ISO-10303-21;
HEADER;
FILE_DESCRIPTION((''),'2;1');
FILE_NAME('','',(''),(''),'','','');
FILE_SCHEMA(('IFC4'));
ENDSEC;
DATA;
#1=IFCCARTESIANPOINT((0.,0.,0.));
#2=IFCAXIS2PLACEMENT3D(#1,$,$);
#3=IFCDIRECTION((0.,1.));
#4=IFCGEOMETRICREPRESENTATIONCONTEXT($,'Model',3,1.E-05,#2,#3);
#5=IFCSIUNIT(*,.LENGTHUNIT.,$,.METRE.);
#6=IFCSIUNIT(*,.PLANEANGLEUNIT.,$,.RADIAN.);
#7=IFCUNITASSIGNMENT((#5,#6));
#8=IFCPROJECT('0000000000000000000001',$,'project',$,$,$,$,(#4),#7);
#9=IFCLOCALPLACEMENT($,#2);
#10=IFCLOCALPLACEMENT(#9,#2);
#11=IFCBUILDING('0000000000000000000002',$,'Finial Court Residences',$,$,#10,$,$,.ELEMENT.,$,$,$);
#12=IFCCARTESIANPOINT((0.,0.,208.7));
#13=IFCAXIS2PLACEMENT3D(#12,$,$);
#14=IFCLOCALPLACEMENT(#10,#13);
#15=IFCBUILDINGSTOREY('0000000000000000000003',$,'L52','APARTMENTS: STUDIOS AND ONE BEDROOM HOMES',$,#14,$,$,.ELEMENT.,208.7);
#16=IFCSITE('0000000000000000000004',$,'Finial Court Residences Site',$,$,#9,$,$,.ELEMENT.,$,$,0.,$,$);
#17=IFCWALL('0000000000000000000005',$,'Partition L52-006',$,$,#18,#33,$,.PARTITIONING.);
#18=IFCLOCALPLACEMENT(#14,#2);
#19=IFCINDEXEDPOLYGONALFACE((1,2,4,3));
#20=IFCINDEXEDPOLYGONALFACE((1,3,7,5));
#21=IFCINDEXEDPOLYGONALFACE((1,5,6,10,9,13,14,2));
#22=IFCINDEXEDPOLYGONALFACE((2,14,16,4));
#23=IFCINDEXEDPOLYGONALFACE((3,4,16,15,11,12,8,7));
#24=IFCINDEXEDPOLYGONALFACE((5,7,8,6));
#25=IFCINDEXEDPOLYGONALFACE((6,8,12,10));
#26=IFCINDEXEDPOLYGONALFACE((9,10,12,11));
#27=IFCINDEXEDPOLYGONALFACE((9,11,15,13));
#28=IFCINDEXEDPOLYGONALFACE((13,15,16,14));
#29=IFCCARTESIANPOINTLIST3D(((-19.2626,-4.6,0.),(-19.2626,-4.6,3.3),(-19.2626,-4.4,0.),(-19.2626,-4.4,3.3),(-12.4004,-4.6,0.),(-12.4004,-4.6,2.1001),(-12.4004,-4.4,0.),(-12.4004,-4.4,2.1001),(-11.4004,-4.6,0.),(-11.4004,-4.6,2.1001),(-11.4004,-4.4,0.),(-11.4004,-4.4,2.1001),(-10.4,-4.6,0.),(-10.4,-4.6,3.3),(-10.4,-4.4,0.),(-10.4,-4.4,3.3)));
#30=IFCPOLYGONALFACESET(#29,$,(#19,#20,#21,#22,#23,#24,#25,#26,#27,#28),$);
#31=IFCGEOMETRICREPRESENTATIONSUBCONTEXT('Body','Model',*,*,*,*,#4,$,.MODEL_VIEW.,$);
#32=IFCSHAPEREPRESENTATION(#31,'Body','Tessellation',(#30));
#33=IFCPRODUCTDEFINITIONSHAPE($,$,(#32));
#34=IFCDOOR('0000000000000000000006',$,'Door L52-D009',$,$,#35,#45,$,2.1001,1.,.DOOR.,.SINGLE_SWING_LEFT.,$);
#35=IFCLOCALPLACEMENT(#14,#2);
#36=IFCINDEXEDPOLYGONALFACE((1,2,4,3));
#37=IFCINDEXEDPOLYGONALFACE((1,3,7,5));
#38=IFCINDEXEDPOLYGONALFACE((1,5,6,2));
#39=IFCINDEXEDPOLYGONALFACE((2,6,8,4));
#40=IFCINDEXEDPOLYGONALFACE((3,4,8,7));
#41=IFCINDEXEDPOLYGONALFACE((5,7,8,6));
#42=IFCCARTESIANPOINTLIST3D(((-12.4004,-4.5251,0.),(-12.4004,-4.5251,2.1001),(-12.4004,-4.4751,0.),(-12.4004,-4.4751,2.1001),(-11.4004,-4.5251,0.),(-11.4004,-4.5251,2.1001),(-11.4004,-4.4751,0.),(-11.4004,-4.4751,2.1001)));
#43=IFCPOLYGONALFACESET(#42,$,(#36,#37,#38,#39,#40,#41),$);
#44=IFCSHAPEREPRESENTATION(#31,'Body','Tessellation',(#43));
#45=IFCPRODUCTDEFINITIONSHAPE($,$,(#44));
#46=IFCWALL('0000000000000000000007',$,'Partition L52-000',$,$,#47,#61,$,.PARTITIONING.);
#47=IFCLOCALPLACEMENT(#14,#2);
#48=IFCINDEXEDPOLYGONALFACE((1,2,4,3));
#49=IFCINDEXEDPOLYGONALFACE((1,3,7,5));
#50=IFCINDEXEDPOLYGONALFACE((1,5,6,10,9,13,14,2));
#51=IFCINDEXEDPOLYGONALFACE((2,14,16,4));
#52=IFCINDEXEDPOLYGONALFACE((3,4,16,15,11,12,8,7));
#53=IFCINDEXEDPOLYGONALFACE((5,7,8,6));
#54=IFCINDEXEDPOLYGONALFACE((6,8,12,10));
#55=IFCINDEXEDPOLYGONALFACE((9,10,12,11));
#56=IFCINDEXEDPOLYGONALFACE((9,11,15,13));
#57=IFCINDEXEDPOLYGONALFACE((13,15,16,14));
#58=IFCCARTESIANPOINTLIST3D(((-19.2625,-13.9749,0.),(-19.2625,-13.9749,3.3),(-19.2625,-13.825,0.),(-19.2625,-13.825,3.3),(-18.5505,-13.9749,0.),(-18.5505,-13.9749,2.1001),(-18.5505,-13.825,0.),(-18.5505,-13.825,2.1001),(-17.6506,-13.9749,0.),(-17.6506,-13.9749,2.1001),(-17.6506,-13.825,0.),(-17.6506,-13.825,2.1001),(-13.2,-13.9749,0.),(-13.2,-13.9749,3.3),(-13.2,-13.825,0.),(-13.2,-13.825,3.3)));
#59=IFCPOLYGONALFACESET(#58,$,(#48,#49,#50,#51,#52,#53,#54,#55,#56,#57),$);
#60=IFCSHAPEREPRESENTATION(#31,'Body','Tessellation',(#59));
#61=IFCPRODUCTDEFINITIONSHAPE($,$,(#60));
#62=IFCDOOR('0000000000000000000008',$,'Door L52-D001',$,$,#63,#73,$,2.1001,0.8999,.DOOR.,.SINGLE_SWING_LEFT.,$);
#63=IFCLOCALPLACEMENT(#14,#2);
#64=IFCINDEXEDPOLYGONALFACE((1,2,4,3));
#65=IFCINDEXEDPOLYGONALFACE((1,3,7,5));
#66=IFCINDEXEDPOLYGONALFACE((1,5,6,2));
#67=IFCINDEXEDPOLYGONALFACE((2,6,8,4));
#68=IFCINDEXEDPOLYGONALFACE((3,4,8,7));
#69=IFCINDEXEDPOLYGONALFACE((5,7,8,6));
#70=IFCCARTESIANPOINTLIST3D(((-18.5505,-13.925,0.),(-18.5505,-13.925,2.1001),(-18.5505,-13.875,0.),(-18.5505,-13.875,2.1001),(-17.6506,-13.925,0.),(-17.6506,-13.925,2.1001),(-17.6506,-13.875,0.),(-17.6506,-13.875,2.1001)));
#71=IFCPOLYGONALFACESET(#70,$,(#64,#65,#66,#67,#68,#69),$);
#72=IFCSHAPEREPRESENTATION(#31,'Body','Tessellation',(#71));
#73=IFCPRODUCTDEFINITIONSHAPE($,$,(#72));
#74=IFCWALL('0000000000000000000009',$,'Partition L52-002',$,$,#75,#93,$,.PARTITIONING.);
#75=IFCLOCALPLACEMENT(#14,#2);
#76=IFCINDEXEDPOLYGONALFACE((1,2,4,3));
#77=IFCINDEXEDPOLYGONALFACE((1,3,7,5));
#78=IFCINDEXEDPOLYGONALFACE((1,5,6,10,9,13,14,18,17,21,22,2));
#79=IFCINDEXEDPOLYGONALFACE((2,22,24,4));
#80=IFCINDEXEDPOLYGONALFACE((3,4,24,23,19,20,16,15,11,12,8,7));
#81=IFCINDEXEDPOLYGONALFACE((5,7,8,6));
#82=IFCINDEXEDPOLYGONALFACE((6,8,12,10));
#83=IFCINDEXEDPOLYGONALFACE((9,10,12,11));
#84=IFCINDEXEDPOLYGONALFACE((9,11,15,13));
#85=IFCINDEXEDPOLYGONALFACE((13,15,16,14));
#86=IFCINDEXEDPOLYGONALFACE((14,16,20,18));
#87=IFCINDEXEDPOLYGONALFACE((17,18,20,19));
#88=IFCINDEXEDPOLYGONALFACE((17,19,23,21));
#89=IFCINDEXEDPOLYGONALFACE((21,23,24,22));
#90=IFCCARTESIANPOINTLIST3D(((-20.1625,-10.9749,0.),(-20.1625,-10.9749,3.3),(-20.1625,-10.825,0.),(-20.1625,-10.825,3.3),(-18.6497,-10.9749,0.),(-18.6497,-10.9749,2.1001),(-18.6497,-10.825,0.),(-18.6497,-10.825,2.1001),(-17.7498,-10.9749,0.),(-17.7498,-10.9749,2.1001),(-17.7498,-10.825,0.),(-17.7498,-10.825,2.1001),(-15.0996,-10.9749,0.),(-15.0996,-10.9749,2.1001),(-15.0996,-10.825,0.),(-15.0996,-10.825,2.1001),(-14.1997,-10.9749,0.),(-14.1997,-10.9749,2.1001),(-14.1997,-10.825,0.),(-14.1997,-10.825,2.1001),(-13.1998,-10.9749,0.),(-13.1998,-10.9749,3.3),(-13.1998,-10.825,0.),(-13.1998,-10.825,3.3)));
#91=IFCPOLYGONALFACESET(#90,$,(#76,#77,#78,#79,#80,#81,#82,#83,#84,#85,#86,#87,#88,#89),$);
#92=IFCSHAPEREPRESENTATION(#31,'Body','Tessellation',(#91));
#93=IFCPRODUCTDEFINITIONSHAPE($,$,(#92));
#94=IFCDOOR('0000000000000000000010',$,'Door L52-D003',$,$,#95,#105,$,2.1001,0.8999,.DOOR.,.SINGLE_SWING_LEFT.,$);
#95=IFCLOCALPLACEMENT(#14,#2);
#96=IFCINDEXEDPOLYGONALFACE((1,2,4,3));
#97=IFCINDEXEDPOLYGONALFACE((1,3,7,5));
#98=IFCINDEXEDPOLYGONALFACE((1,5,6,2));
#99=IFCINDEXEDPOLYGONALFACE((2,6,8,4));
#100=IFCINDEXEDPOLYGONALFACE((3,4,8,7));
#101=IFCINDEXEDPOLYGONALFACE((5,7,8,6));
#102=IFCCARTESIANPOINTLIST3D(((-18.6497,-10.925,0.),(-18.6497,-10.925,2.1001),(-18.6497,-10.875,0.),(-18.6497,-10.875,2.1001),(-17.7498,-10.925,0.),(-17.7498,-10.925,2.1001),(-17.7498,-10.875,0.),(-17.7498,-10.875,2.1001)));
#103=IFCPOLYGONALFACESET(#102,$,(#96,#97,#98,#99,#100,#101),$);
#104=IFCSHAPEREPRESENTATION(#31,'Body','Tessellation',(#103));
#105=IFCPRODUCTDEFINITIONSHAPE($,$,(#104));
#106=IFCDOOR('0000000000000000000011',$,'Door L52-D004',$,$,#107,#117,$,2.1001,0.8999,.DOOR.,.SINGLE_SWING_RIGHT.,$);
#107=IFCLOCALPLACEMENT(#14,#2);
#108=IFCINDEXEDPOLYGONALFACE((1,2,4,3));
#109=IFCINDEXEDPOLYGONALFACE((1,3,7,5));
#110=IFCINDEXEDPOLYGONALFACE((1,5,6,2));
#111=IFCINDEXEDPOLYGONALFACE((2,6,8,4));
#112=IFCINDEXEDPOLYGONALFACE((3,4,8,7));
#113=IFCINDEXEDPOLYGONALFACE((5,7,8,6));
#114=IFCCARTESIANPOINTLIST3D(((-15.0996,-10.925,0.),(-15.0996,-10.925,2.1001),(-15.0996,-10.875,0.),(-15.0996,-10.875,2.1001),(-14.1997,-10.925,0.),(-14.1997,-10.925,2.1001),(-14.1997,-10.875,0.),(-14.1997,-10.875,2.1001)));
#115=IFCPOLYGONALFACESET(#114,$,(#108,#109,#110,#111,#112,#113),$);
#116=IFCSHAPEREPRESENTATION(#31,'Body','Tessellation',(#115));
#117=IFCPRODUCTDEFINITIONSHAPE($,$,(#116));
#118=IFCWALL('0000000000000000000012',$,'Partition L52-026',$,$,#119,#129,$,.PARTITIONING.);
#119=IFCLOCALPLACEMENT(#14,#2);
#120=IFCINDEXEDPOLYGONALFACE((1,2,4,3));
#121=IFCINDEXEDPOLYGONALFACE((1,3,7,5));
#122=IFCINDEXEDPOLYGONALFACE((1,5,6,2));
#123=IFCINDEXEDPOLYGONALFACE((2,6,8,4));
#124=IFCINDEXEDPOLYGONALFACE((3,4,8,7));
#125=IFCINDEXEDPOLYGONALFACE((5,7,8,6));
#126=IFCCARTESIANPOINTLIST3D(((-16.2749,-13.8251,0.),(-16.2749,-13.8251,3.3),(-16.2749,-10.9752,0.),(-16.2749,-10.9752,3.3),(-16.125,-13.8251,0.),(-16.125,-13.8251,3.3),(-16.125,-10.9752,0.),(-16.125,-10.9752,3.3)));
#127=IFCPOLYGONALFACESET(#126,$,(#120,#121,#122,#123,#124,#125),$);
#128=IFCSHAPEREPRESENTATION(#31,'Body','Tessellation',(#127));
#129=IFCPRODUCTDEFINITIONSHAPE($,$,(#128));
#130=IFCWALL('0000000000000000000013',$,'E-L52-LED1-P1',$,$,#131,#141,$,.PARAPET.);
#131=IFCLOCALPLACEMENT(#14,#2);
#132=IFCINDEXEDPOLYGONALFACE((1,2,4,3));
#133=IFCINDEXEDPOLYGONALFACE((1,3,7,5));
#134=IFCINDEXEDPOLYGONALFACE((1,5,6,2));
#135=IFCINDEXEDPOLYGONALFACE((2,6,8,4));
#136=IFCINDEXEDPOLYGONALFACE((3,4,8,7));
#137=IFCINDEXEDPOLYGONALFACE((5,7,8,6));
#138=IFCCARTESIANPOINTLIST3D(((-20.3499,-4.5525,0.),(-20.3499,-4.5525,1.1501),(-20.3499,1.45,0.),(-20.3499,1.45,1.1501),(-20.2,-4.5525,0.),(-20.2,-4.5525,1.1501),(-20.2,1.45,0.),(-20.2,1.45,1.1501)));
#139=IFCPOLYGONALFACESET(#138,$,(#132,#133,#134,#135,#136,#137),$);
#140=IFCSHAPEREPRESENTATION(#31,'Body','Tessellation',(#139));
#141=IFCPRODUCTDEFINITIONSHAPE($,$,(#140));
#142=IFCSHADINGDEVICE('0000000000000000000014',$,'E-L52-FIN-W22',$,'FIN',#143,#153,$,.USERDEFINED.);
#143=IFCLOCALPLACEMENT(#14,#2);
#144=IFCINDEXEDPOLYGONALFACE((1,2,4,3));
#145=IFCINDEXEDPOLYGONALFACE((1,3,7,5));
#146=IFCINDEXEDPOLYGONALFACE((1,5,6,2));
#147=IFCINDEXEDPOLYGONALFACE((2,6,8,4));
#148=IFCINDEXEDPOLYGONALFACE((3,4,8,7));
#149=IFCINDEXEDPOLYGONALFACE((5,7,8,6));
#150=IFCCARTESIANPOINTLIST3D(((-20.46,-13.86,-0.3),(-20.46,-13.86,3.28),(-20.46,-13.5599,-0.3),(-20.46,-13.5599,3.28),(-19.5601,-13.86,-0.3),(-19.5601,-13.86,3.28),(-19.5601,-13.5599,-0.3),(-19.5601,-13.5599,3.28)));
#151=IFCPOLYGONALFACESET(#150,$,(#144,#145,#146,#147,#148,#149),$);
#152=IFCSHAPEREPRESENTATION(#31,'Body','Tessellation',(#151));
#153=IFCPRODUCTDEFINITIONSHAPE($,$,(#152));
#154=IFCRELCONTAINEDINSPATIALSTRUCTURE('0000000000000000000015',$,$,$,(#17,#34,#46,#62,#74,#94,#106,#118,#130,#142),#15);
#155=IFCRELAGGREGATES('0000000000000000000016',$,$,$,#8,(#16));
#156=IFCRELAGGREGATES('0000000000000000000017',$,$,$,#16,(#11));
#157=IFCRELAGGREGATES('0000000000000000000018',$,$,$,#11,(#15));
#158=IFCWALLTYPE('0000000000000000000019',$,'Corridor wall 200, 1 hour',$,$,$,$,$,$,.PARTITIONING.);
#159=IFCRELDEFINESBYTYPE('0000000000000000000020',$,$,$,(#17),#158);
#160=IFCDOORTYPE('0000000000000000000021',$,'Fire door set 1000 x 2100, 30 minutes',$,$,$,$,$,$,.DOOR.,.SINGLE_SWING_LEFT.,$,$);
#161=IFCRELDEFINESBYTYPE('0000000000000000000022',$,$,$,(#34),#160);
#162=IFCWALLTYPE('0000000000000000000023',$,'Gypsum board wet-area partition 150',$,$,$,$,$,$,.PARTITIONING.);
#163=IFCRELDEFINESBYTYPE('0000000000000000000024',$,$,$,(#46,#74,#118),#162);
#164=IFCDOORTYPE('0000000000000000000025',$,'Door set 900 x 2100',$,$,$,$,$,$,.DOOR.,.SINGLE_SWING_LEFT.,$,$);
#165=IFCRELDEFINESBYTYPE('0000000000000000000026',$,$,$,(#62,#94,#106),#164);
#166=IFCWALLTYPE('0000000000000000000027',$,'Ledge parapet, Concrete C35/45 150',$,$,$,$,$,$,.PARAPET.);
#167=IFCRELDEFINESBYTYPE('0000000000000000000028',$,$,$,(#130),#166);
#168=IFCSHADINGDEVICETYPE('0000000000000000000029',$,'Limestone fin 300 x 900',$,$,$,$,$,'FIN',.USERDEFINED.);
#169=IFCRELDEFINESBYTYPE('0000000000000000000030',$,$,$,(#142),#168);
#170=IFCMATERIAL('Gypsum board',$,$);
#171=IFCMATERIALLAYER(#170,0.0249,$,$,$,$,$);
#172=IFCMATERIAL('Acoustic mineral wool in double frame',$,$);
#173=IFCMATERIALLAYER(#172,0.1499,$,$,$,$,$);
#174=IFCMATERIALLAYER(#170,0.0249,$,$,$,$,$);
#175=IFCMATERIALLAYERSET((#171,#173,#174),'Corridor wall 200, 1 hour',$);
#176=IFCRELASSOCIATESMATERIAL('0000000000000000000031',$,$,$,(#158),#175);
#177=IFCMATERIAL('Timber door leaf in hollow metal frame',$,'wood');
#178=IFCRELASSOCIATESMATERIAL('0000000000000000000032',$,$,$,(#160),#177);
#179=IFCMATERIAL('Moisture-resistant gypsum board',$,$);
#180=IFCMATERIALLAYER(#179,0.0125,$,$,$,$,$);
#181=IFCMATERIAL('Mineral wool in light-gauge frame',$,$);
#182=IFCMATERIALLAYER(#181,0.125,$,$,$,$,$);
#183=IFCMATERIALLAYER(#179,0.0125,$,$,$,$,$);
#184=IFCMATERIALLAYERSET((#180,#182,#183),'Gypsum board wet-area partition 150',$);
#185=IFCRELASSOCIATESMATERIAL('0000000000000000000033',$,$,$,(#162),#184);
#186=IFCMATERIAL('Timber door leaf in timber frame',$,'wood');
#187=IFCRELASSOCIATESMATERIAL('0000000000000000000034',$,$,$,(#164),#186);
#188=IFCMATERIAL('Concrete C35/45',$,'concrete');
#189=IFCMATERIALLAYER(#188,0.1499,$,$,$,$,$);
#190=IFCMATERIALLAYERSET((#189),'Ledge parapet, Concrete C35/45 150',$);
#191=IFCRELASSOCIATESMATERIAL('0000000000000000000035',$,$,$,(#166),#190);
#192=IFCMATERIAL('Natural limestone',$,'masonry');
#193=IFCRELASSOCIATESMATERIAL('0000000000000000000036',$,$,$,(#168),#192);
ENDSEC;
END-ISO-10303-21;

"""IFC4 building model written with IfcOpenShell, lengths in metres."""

from ifc_helpers import new_model, si_unit, direction, frame, frame_2d, origin, origin_2d, place, context, subcontext, project, spatial, rectangle, extrude, material, layer, layer_set, type_object, element, fill, save


model = new_model("IFC4")

# Units and contexts
model_context = context("Model", 3, precision=1e-05, world=origin(), true_north=direction((0.0, 1.0)))
body_context = subcontext(model_context, "Body", "Model", "MODEL_VIEW")
ifc_project = project(units=[si_unit("LENGTHUNIT", "METRE"), si_unit("PLANEANGLEUNIT", "RADIAN")], contexts=[model_context])

# Site, building, storey
site_placement = place(None, origin())
site = spatial("IfcSite", under=ifc_project, at=site_placement, Name="Finial Court Residences Site", CompositionType="ELEMENT", RefElevation=0.0)
building_placement = place(site_placement, origin())
building = spatial("IfcBuilding", under=site, at=building_placement, Name="Finial Court Residences", CompositionType="ELEMENT")
storey_placement = place(building_placement, frame((0.0, 0.0, 208.7)))
storey = spatial("IfcBuildingStorey", under=building, at=storey_placement, Name="L52", Description="APARTMENTS: STUDIOS AND ONE BEDROOM HOMES", CompositionType="ELEMENT", Elevation=208.7)

# Walls, openings, doors
ifc_material_1 = material(Name="Gypsum board")
ifc_layer_1 = layer(ifc_material_1, 0.0249)
ifc_material_2 = material(Name="Acoustic mineral wool in double frame")
ifc_layer_2 = layer(ifc_material_2, 0.1499)
ifc_layer_3 = layer(ifc_material_1, 0.0249)
ifc_layer_set_1 = layer_set([ifc_layer_1, ifc_layer_2, ifc_layer_3], Name="Corridor wall 200, 1 hour")
wall_type_1 = type_object("IfcWallType", Name="Corridor wall 200, 1 hour", PredefinedType="PARTITIONING", material=ifc_layer_set_1)
ifc_material_3 = material(Name="Timber door leaf in hollow metal frame", Category="wood")
door_type_1 = type_object("IfcDoorType", Name="Fire door set 1000 x 2100, 30 minutes", OperationType="SINGLE_SWING_LEFT", PredefinedType="DOOR", material=ifc_material_3)
wall_1_placement = place(storey_placement, frame((-19.2625, -4.5, 0.0), z_axis=(0.0, 0.0, 1.0), x_axis=(1.0, 0.0, 0.0)))
wall_1 = element("IfcWall", 1, at=wall_1_placement, inside=storey, type_object=wall_type_1, Name="Partition L52-006", PredefinedType="PARTITIONING", context=body_context, shape_type="SweptSolid", body=[
    extrude(rectangle(XDim=8.8625, YDim=0.2, at=frame_2d((4.4312, 0.0))), origin(), (0.0, 0.0, 1.0), 3.3),
])
opening_1_placement = place(wall_1_placement, frame((6.8621, 0.0, 0.0)))
opening_1 = element("IfcOpeningElement", 2, at=opening_1_placement, cuts=wall_1, PredefinedType="OPENING", context=body_context, shape_type="SweptSolid", body=[
    extrude(rectangle(XDim=1.0, YDim=2.1001, at=frame_2d((0.5, 1.05))), frame((0.0, 0.1099, 0.0), z_axis=(0.0, -1.0, 0.0), x_axis=(1.0, 0.0, 0.0)), (0.0, 0.0, 1.0), 0.22),
])
door_1_placement = place(opening_1_placement, origin())
door_1 = element("IfcDoor", 3, at=door_1_placement, inside=storey, type_object=door_type_1, Name="Door L52-D009", OperationType="SINGLE_SWING_LEFT", OverallHeight=2.1001, OverallWidth=1.0, PredefinedType="DOOR", context=body_context, shape_type="SweptSolid", body=[
    extrude(rectangle(XDim=1.0, YDim=2.1001, at=frame_2d((0.5, 1.05))), frame((0.0, 0.0249, 0.0), z_axis=(0.0, -1.0, 0.0), x_axis=(1.0, 0.0, 0.0)), (0.0, 0.0, 1.0), 0.05),
])
fill(opening_1, door_1)
ifc_material_4 = material(Name="Moisture-resistant gypsum board")
ifc_layer_4 = layer(ifc_material_4, 0.0125)
ifc_material_5 = material(Name="Mineral wool in light-gauge frame")
ifc_layer_5 = layer(ifc_material_5, 0.125)
ifc_layer_6 = layer(ifc_material_4, 0.0125)
ifc_layer_set_2 = layer_set([ifc_layer_4, ifc_layer_5, ifc_layer_6], Name="Gypsum board wet-area partition 150")
wall_type_2 = type_object("IfcWallType", Name="Gypsum board wet-area partition 150", PredefinedType="PARTITIONING", material=ifc_layer_set_2)
wall_2_placement = place(storey_placement, frame((-19.2625, -13.8999, 0.0), z_axis=(0.0, 0.0, 1.0), x_axis=(1.0, 0.0, 0.0)))
wall_2 = element("IfcWall", 4, at=wall_2_placement, inside=storey, type_object=wall_type_2, Name="Partition L52-000", PredefinedType="PARTITIONING", context=body_context, shape_type="SweptSolid", body=[
    extrude(rectangle(XDim=6.0625, YDim=0.1499, at=frame_2d((3.0312, 0.0))), origin(), (0.0, 0.0, 1.0), 3.3),
])
opening_2_placement = place(wall_2_placement, frame((0.7119, 0.0, 0.0)))
opening_2 = element("IfcOpeningElement", 5, at=opening_2_placement, cuts=wall_2, PredefinedType="OPENING", context=body_context, shape_type="SweptSolid", body=[
    extrude(rectangle(XDim=0.8999, YDim=2.1001, at=frame_2d((0.45, 1.05))), frame((0.0, 0.085, 0.0), z_axis=(0.0, -1.0, 0.0), x_axis=(1.0, 0.0, 0.0)), (0.0, 0.0, 1.0), 0.1699),
])
ifc_material_6 = material(Name="Timber door leaf in timber frame", Category="wood")
door_type_2 = type_object("IfcDoorType", Name="Door set 900 x 2100", OperationType="SINGLE_SWING_LEFT", PredefinedType="DOOR", material=ifc_material_6)
door_2_placement = place(opening_2_placement, origin())
door_2 = element("IfcDoor", 6, at=door_2_placement, inside=storey, type_object=door_type_2, Name="Door L52-D001", OperationType="SINGLE_SWING_LEFT", OverallHeight=2.1001, OverallWidth=0.8999, PredefinedType="DOOR", context=body_context, shape_type="SweptSolid", body=[
    extrude(rectangle(XDim=0.8999, YDim=2.1001, at=frame_2d((0.45, 1.05))), frame((0.0, 0.0249, 0.0), z_axis=(0.0, -1.0, 0.0), x_axis=(1.0, 0.0, 0.0)), (0.0, 0.0, 1.0), 0.05),
])
fill(opening_2, door_2)

# Wall, openings, doors
wall_3_placement = place(storey_placement, frame((-20.1626, -10.8999, 0.0), z_axis=(0.0, 0.0, 1.0), x_axis=(1.0, 0.0, 0.0)))
wall_3 = element("IfcWall", 7, at=wall_3_placement, inside=storey, type_object=wall_type_2, Name="Partition L52-002", PredefinedType="PARTITIONING", context=body_context, shape_type="SweptSolid", body=[
    extrude(rectangle(XDim=6.9626, YDim=0.1499, at=frame_2d((3.4814, 0.0))), origin(), (0.0, 0.0, 1.0), 3.3),
])
opening_3_placement = place(wall_3_placement, frame((1.5129, 0.0, 0.0)))
opening_3 = element("IfcOpeningElement", 8, at=opening_3_placement, cuts=wall_3, PredefinedType="OPENING", context=body_context, shape_type="SweptSolid", body=[
    extrude(rectangle(XDim=0.8999, YDim=2.1001, at=frame_2d((0.45, 1.05))), frame((0.0, 0.085, 0.0), z_axis=(0.0, -1.0, 0.0), x_axis=(1.0, 0.0, 0.0)), (0.0, 0.0, 1.0), 0.1699),
])
opening_4_placement = place(wall_3_placement, frame((5.063, 0.0, 0.0)))
opening_4 = element("IfcOpeningElement", 9, at=opening_4_placement, cuts=wall_3, PredefinedType="OPENING", context=body_context, shape_type="SweptSolid", body=[
    extrude(rectangle(XDim=0.8999, YDim=2.1001, at=frame_2d((0.45, 1.05))), frame((0.0, 0.085, 0.0), z_axis=(0.0, -1.0, 0.0), x_axis=(1.0, 0.0, 0.0)), (0.0, 0.0, 1.0), 0.1699),
])
door_3_placement = place(opening_3_placement, origin())
door_3 = element("IfcDoor", 10, at=door_3_placement, inside=storey, type_object=door_type_2, Name="Door L52-D003", OperationType="SINGLE_SWING_LEFT", OverallHeight=2.1001, OverallWidth=0.8999, PredefinedType="DOOR", context=body_context, shape_type="SweptSolid", body=[
    extrude(rectangle(XDim=0.8999, YDim=2.1001, at=frame_2d((0.45, 1.05))), frame((0.0, 0.0249, 0.0), z_axis=(0.0, -1.0, 0.0), x_axis=(1.0, 0.0, 0.0)), (0.0, 0.0, 1.0), 0.05),
])
fill(opening_3, door_3)
door_4_placement = place(opening_4_placement, origin())
door_4 = element("IfcDoor", 11, at=door_4_placement, inside=storey, type_object=door_type_2, Name="Door L52-D004", OperationType="SINGLE_SWING_RIGHT", OverallHeight=2.1001, OverallWidth=0.8999, PredefinedType="DOOR", context=body_context, shape_type="SweptSolid", body=[
    extrude(rectangle(XDim=0.8999, YDim=2.1001, at=frame_2d((0.45, 1.05))), frame((0.0, 0.0249, 0.0), z_axis=(0.0, -1.0, 0.0), x_axis=(1.0, 0.0, 0.0)), (0.0, 0.0, 1.0), 0.05),
])
fill(opening_4, door_4)

# Walls
wall_4_placement = place(storey_placement, frame((-16.2, -13.825, 0.0), z_axis=(0.0, 0.0, 1.0), x_axis=(0.0, 1.0, 0.0)))
element("IfcWall", 12, at=wall_4_placement, inside=storey, type_object=wall_type_2, Name="Partition L52-026", PredefinedType="PARTITIONING", context=body_context, shape_type="SweptSolid", body=[
    extrude(rectangle(XDim=2.8499, YDim=0.1499, at=frame_2d((1.4248, 0.0))), origin(), (0.0, 0.0, 1.0), 3.3),
])
ifc_material_7 = material(Name="Concrete C35/45", Category="concrete")
ifc_layer_7 = layer(ifc_material_7, 0.1499)
ifc_layer_set_3 = layer_set([ifc_layer_7], Name="Ledge parapet, Concrete C35/45 150")
wall_type_3 = type_object("IfcWallType", Name="Ledge parapet, Concrete C35/45 150", PredefinedType="PARAPET", material=ifc_layer_set_3)
wall_5_placement = place(storey_placement, frame((-20.2749, -4.5525, 0.0), z_axis=(0.0, 0.0, 1.0), x_axis=(0.0, 1.0, 0.0)))
element("IfcWall", 13, at=wall_5_placement, inside=storey, type_object=wall_type_3, Name="E-L52-LED1-P1", PredefinedType="PARAPET", context=body_context, shape_type="SweptSolid", body=[
    extrude(rectangle(XDim=6.0024, YDim=0.1499, at=frame_2d((3.0012, 0.0))), origin(), (0.0, 0.0, 1.0), 1.1501),
])

# Shading device
ifc_material_8 = material(Name="Natural limestone", Category="masonry")
shading_device_type = type_object("IfcShadingDeviceType", Name="Limestone fin 300 x 900", ElementType="FIN", PredefinedType="USERDEFINED", material=ifc_material_8)
shading_device_placement = place(storey_placement, frame((-20.01, -13.71, -0.3), z_axis=(0.0, 0.0, 1.0), x_axis=(1.0, 0.0, 0.0)))
element("IfcShadingDevice", 14, at=shading_device_placement, inside=storey, type_object=shading_device_type, Name="E-L52-FIN-W22", ObjectType="FIN", PredefinedType="USERDEFINED", context=body_context, shape_type="SweptSolid", body=[
    extrude(rectangle(XDim=0.8999, YDim=0.3, at=origin_2d()), origin(), (0.0, 0.0, 1.0), 3.5801),
])

save(model, "model.ifc")
